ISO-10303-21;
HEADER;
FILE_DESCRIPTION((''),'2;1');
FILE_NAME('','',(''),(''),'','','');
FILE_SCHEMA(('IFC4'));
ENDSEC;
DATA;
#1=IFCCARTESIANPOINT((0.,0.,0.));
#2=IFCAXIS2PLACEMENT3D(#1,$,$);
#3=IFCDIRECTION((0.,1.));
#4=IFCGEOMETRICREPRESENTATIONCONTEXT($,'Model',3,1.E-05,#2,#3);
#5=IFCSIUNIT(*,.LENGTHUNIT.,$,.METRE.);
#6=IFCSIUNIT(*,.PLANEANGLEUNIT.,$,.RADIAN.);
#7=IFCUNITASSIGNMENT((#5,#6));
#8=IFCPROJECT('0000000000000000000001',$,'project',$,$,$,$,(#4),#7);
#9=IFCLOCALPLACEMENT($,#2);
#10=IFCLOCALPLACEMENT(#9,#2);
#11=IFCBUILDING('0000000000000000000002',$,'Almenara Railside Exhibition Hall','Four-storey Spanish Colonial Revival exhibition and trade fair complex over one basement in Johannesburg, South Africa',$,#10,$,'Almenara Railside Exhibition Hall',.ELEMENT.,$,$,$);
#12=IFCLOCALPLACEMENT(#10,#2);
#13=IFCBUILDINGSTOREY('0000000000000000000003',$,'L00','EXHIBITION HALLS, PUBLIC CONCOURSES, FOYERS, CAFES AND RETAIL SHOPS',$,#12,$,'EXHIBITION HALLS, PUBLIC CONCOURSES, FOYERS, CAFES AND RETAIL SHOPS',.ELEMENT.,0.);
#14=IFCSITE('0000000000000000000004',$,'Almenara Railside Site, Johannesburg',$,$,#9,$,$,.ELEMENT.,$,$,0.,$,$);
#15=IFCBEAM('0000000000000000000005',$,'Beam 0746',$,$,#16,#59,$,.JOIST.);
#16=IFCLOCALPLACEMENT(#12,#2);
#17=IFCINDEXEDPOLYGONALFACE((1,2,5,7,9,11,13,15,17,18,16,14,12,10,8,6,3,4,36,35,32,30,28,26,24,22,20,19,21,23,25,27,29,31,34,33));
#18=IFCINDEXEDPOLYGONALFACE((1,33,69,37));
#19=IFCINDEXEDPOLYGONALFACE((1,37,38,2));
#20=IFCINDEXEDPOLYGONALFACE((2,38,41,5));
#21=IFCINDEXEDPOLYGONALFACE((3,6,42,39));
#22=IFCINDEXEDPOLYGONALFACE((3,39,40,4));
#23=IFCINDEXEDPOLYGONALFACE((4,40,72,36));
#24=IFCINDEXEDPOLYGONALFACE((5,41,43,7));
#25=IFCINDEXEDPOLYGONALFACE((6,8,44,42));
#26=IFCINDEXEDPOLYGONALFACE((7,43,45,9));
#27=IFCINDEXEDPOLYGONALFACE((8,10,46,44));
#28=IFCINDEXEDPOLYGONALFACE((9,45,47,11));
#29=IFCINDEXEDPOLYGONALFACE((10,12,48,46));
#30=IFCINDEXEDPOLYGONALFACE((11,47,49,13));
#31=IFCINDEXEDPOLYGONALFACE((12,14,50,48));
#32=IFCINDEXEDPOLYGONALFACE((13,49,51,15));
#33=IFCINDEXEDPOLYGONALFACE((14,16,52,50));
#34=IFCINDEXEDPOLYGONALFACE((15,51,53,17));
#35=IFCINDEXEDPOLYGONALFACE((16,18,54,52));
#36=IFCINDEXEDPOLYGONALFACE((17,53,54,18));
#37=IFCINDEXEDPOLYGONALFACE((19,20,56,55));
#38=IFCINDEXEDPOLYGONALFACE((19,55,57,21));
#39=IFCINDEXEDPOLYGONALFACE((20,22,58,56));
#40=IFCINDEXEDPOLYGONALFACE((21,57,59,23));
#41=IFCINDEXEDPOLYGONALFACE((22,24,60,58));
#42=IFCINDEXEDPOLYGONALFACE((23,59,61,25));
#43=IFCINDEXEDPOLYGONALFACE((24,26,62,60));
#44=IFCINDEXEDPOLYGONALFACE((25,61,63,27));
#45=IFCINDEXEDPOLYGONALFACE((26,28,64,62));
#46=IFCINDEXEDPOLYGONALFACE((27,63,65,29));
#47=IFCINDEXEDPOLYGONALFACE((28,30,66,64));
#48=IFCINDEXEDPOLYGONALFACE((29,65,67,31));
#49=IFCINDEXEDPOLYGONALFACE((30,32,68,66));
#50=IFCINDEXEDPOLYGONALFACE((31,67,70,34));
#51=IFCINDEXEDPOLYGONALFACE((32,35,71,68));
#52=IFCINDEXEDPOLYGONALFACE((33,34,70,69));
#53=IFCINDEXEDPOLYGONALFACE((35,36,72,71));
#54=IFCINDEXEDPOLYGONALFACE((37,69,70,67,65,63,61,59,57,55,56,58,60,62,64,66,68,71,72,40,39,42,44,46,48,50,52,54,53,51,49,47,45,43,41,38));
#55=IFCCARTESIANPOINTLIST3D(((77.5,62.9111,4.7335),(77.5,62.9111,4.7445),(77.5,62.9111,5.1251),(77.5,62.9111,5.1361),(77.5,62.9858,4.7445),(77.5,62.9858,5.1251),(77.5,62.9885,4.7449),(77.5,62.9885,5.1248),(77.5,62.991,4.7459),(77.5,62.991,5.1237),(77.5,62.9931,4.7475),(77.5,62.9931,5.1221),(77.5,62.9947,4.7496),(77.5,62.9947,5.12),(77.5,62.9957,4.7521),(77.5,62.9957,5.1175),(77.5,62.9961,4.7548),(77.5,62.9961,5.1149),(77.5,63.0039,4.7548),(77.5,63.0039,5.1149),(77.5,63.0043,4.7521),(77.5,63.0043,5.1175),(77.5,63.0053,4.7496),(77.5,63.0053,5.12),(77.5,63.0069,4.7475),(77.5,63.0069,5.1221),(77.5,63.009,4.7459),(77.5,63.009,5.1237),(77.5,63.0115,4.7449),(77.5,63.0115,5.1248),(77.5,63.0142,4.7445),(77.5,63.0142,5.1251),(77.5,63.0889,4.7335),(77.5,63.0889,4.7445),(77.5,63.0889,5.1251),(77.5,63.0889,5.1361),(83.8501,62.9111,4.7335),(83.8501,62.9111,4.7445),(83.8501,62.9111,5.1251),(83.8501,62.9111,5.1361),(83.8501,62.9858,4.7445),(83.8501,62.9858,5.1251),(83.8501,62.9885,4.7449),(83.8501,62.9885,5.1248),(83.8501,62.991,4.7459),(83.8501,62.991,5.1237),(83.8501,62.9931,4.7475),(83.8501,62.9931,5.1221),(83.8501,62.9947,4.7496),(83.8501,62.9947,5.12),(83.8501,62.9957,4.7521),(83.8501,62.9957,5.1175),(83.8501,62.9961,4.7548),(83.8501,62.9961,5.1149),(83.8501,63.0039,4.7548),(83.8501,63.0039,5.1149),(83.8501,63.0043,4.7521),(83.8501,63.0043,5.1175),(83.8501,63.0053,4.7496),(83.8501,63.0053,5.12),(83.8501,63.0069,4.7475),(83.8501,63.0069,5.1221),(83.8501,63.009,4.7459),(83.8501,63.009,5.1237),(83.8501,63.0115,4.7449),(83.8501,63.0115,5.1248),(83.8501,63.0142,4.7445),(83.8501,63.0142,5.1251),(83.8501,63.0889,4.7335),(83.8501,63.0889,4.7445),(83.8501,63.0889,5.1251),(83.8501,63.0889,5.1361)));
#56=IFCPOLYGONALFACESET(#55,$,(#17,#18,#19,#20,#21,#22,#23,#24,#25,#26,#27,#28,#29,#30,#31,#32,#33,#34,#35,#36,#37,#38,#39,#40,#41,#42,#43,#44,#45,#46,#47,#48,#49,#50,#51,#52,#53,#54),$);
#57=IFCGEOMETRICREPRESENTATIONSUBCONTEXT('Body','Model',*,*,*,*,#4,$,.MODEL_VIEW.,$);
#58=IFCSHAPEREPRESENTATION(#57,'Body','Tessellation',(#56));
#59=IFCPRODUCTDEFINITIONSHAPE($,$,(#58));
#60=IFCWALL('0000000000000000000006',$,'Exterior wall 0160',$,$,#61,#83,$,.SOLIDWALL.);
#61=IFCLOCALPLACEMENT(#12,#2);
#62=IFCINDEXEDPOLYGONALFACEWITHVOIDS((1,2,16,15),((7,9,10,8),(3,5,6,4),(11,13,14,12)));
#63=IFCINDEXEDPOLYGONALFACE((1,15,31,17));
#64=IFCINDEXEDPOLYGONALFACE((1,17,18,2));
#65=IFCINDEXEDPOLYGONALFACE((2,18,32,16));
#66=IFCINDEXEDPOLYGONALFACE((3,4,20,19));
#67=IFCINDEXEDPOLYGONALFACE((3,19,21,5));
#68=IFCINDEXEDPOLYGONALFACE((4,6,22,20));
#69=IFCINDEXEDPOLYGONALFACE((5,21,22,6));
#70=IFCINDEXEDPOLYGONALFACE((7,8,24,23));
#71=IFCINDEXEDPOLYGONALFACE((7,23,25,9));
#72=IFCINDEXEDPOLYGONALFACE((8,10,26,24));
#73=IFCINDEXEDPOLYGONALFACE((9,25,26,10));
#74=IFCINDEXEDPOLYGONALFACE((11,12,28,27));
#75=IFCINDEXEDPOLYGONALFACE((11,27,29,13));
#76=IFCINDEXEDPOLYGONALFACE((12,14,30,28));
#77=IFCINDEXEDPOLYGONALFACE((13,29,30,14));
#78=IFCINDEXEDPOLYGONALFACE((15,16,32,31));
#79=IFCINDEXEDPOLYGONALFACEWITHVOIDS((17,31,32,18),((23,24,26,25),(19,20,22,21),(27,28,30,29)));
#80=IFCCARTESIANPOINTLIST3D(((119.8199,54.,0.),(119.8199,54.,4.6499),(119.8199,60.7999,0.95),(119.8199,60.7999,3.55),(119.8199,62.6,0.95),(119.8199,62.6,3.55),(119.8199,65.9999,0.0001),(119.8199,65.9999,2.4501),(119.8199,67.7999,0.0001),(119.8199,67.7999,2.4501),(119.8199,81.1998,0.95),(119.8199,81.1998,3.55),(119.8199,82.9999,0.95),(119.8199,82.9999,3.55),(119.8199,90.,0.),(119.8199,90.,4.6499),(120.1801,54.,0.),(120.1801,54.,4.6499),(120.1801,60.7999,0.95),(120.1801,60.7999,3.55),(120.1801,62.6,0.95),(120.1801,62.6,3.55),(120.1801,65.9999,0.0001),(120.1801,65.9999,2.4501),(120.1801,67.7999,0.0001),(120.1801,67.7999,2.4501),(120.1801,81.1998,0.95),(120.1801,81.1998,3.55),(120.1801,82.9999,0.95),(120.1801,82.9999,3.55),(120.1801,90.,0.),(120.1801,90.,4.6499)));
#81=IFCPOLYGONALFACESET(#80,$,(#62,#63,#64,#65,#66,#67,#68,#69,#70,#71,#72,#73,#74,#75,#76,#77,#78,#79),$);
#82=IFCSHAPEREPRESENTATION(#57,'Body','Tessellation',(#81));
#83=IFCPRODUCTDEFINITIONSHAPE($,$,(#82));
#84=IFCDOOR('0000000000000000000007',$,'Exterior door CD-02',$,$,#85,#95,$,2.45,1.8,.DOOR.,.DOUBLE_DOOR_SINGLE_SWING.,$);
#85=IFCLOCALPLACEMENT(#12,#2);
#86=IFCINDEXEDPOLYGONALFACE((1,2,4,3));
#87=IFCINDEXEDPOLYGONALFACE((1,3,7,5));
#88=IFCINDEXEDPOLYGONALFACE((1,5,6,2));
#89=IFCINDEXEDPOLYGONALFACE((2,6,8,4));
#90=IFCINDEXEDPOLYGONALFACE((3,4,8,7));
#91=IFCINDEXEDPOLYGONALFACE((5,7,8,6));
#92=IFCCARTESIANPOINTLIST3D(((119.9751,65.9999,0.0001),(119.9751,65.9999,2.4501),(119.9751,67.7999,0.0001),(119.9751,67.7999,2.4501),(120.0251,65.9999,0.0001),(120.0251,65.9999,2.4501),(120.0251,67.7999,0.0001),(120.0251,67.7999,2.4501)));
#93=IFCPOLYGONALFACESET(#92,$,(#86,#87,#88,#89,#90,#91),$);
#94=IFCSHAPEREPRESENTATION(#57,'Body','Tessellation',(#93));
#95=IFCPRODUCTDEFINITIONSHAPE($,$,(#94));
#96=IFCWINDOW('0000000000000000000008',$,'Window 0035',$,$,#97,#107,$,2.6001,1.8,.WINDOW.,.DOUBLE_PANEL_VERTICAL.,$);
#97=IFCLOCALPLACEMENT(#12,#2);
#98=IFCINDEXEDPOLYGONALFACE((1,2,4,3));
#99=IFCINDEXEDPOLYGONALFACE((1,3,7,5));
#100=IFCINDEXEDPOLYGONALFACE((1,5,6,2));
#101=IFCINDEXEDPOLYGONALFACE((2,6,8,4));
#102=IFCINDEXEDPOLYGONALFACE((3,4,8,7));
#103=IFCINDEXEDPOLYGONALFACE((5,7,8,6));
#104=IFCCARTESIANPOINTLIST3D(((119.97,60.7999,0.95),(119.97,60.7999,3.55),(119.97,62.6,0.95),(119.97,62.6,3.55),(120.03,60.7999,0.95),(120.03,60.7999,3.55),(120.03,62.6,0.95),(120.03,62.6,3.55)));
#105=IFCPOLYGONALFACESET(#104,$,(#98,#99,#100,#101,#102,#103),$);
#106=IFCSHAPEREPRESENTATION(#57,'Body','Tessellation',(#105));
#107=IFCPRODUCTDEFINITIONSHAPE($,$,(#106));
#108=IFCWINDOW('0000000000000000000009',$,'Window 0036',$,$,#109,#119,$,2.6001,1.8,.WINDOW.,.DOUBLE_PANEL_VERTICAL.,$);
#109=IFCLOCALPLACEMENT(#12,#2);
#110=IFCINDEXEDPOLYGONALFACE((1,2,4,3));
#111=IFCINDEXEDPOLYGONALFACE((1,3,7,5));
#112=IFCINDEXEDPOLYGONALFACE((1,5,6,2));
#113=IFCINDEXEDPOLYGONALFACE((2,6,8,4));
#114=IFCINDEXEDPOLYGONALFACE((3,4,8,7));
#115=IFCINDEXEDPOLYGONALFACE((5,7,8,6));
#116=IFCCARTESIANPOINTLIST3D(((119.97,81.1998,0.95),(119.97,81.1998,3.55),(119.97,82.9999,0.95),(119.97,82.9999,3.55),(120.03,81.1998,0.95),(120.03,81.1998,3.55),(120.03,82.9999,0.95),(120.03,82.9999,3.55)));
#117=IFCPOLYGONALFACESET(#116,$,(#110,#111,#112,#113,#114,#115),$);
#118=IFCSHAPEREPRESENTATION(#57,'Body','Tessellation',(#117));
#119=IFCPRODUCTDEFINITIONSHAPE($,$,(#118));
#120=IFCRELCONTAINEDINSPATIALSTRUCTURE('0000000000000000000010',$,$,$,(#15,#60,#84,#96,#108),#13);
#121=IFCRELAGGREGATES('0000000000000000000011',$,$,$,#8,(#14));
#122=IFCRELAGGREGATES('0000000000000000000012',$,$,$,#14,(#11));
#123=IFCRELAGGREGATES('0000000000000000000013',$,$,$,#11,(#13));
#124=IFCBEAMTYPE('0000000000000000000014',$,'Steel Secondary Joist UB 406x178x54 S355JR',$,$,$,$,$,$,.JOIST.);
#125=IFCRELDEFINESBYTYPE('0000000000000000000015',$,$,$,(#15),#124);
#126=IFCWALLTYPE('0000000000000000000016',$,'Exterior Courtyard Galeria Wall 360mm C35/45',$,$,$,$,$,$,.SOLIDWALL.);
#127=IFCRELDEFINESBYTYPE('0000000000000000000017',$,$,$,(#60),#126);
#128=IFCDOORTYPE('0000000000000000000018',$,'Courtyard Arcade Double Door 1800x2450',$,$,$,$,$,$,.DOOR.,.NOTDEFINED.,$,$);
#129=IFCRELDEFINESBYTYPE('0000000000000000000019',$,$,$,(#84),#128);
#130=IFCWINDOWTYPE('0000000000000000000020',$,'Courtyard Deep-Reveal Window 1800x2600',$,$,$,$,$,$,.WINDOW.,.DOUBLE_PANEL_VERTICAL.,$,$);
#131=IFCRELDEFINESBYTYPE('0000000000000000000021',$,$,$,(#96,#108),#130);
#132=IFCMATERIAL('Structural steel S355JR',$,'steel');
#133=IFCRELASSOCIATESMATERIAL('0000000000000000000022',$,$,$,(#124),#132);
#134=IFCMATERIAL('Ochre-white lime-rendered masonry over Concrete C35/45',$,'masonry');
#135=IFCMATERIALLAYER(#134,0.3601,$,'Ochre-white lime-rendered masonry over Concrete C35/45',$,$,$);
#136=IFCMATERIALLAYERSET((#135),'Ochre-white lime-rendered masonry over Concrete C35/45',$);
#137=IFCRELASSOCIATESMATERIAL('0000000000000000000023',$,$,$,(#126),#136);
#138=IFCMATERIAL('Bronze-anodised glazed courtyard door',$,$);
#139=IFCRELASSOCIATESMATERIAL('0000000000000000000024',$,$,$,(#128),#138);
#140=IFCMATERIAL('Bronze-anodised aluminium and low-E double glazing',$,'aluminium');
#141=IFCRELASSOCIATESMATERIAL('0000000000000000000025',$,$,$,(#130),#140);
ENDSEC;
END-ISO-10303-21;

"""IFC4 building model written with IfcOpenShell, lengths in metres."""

from ifc_helpers import new_model, si_unit, direction, frame, frame_2d, origin, origin_2d, place, context, subcontext, project, spatial, rectangle, i_section, extrude, material, layer, layer_set, material_profile, profile_set, type_object, element, fill, save


model = new_model("IFC4")

# Units and contexts
model_context = context("Model", 3, precision=1e-05, world=origin(), true_north=direction((0.0, 1.0)))
body_context = subcontext(model_context, "Body", "Model", "MODEL_VIEW")
ifc_project = project(units=[si_unit("LENGTHUNIT", "METRE"), si_unit("PLANEANGLEUNIT", "RADIAN")], contexts=[model_context])

# Site, building, storey
site_placement = place(None, origin())
site = spatial("IfcSite", under=ifc_project, at=site_placement, Name="Almenara Railside Site, Johannesburg", CompositionType="ELEMENT", RefElevation=0.0)
building_placement = place(site_placement, origin())
building = spatial("IfcBuilding", under=site, at=building_placement, Name="Almenara Railside Exhibition Hall", Description="Four-storey Spanish Colonial Revival exhibition and trade fair complex over one basement in Johannesburg, South Africa", LongName="Almenara Railside Exhibition Hall", CompositionType="ELEMENT")
storey_placement = place(building_placement, origin())
storey = spatial("IfcBuildingStorey", under=building, at=storey_placement, Name="L00", Description="EXHIBITION HALLS, PUBLIC CONCOURSES, FOYERS, CAFES AND RETAIL SHOPS", LongName="EXHIBITION HALLS, PUBLIC CONCOURSES, FOYERS, CAFES AND RETAIL SHOPS", CompositionType="ELEMENT", Elevation=0.0)

# Beam
ifc_material_1 = material(Name="Structural steel S355JR", Category="steel")
ifc_material_profile_1 = material_profile(ifc_material_1, i_section(OverallWidth=0.1777, OverallDepth=0.4026, WebThickness=0.0078, FlangeThickness=0.011, FilletRadius=0.0103, at=origin_2d()), Name="UB 406x178x54")
ifc_profile_set_1 = profile_set([ifc_material_profile_1], Name="Structural steel S355JR")
beam_type_1 = type_object("IfcBeamType", Name="Steel Secondary Joist UB 406x178x54 S355JR", PredefinedType="JOIST", material=ifc_profile_set_1)
beam_placement = place(storey_placement, frame((77.5, 63.0, 4.9348), z_axis=(1.0, 0.0, 0.0), x_axis=(0.0, 1.0, 0.0)))
element("IfcBeam", 1, at=beam_placement, inside=storey, type_object=beam_type_1, Name="Beam 0746", PredefinedType="JOIST", context=body_context, shape_type="SweptSolid", body=[
    extrude(i_section(OverallWidth=0.1777, OverallDepth=0.4026, WebThickness=0.0078, FlangeThickness=0.011, FilletRadius=0.0103, at=origin_2d()), origin(), (0.0, 0.0, 1.0), 6.3501),
])

# Wall, openings, door, windows
ifc_material_2 = material(Name="Ochre-white lime-rendered masonry over Concrete C35/45", Category="masonry")
ifc_layer_1 = layer(ifc_material_2, 0.3601, Name="Ochre-white lime-rendered masonry over Concrete C35/45")
ifc_layer_set_1 = layer_set([ifc_layer_1], Name="Ochre-white lime-rendered masonry over Concrete C35/45")
wall_type_1 = type_object("IfcWallType", Name="Exterior Courtyard Galeria Wall 360mm C35/45", PredefinedType="SOLIDWALL", material=ifc_layer_set_1)
wall_1_placement = place(storey_placement, frame((120.0, 54.0, 0.0), z_axis=(0.0, 0.0, 1.0), x_axis=(0.0, 1.0, 0.0)))
wall_1 = element("IfcWall", 2, at=wall_1_placement, inside=storey, type_object=wall_type_1, Name="Exterior wall 0160", PredefinedType="SOLIDWALL", context=body_context, shape_type="SweptSolid", body=[
    extrude(rectangle(XDim=36.0, YDim=0.3601, at=frame_2d((18.0, 0.0))), origin(), (0.0, 0.0, 1.0), 4.6499),
])
opening_1_placement = place(wall_1_placement, frame((12.0, 0.0, 0.0)))
opening_1 = element("IfcOpeningElement", 3, at=opening_1_placement, cuts=wall_1, PredefinedType="OPENING", context=body_context, shape_type="SweptSolid", body=[
    extrude(rectangle(XDim=1.8, YDim=2.45, at=frame_2d((0.8999, 1.2251))), frame((0.0, 0.1899, 0.0), z_axis=(0.0, -1.0, 0.0), x_axis=(1.0, 0.0, 0.0)), (0.0, 0.0, 1.0), 0.3801),
])
opening_2_placement = place(wall_1_placement, frame((6.8, 0.0, 0.95)))
opening_2 = element("IfcOpeningElement", 4, at=opening_2_placement, cuts=wall_1, PredefinedType="OPENING", context=body_context, shape_type="SweptSolid", body=[
    extrude(rectangle(XDim=1.8, YDim=2.6001, at=frame_2d((0.8999, 1.3))), frame((0.0, 0.1899, 0.0), z_axis=(0.0, -1.0, 0.0), x_axis=(1.0, 0.0, 0.0)), (0.0, 0.0, 1.0), 0.3801),
])
opening_3_placement = place(wall_1_placement, frame((27.2, 0.0, 0.95)))
opening_3 = element("IfcOpeningElement", 5, at=opening_3_placement, cuts=wall_1, PredefinedType="OPENING", context=body_context, shape_type="SweptSolid", body=[
    extrude(rectangle(XDim=1.8, YDim=2.6001, at=frame_2d((0.8999, 1.3))), frame((0.0, 0.1899, 0.0), z_axis=(0.0, -1.0, 0.0), x_axis=(1.0, 0.0, 0.0)), (0.0, 0.0, 1.0), 0.3801),
])
ifc_material_3 = material(Name="Bronze-anodised glazed courtyard door")
door_type = type_object("IfcDoorType", Name="Courtyard Arcade Double Door 1800x2450", OperationType="NOTDEFINED", PredefinedType="DOOR", material=ifc_material_3)
door_1_placement = place(opening_1_placement, origin())
door_1 = element("IfcDoor", 6, at=door_1_placement, inside=storey, type_object=door_type, Name="Exterior door CD-02", OperationType="DOUBLE_DOOR_SINGLE_SWING", OverallHeight=2.45, OverallWidth=1.8, PredefinedType="DOOR", context=body_context, shape_type="SweptSolid", body=[
    extrude(rectangle(XDim=1.8, YDim=2.45, at=frame_2d((0.8999, 1.2251))), frame((0.0, 0.0249, 0.0), z_axis=(0.0, -1.0, 0.0), x_axis=(1.0, 0.0, 0.0)), (0.0, 0.0, 1.0), 0.05),
])
fill(opening_1, door_1)
ifc_material_4 = material(Name="Bronze-anodised aluminium and low-E double glazing", Category="aluminium")
window_type = type_object("IfcWindowType", Name="Courtyard Deep-Reveal Window 1800x2600", PartitioningType="DOUBLE_PANEL_VERTICAL", PredefinedType="WINDOW", material=ifc_material_4)
window_1_placement = place(opening_2_placement, origin())
window_1 = element("IfcWindow", 7, at=window_1_placement, inside=storey, type_object=window_type, Name="Window 0035", OverallHeight=2.6001, OverallWidth=1.8, PartitioningType="DOUBLE_PANEL_VERTICAL", PredefinedType="WINDOW", context=body_context, shape_type="SweptSolid", body=[
    extrude(rectangle(XDim=1.8, YDim=2.6001, at=frame_2d((0.8999, 1.3))), frame((0.0, 0.03, 0.0), z_axis=(0.0, -1.0, 0.0), x_axis=(1.0, 0.0, 0.0)), (0.0, 0.0, 1.0), 0.0601),
])
fill(opening_2, window_1)
window_2_placement = place(opening_3_placement, origin())
window_2 = element("IfcWindow", 8, at=window_2_placement, inside=storey, type_object=window_type, Name="Window 0036", OverallHeight=2.6001, OverallWidth=1.8, PartitioningType="DOUBLE_PANEL_VERTICAL", PredefinedType="WINDOW", context=body_context, shape_type="SweptSolid", body=[
    extrude(rectangle(XDim=1.8, YDim=2.6001, at=frame_2d((0.8999, 1.3))), frame((0.0, 0.03, 0.0), z_axis=(0.0, -1.0, 0.0), x_axis=(1.0, 0.0, 0.0)), (0.0, 0.0, 1.0), 0.0601),
])
fill(opening_3, window_2)

save(model, "model.ifc")
